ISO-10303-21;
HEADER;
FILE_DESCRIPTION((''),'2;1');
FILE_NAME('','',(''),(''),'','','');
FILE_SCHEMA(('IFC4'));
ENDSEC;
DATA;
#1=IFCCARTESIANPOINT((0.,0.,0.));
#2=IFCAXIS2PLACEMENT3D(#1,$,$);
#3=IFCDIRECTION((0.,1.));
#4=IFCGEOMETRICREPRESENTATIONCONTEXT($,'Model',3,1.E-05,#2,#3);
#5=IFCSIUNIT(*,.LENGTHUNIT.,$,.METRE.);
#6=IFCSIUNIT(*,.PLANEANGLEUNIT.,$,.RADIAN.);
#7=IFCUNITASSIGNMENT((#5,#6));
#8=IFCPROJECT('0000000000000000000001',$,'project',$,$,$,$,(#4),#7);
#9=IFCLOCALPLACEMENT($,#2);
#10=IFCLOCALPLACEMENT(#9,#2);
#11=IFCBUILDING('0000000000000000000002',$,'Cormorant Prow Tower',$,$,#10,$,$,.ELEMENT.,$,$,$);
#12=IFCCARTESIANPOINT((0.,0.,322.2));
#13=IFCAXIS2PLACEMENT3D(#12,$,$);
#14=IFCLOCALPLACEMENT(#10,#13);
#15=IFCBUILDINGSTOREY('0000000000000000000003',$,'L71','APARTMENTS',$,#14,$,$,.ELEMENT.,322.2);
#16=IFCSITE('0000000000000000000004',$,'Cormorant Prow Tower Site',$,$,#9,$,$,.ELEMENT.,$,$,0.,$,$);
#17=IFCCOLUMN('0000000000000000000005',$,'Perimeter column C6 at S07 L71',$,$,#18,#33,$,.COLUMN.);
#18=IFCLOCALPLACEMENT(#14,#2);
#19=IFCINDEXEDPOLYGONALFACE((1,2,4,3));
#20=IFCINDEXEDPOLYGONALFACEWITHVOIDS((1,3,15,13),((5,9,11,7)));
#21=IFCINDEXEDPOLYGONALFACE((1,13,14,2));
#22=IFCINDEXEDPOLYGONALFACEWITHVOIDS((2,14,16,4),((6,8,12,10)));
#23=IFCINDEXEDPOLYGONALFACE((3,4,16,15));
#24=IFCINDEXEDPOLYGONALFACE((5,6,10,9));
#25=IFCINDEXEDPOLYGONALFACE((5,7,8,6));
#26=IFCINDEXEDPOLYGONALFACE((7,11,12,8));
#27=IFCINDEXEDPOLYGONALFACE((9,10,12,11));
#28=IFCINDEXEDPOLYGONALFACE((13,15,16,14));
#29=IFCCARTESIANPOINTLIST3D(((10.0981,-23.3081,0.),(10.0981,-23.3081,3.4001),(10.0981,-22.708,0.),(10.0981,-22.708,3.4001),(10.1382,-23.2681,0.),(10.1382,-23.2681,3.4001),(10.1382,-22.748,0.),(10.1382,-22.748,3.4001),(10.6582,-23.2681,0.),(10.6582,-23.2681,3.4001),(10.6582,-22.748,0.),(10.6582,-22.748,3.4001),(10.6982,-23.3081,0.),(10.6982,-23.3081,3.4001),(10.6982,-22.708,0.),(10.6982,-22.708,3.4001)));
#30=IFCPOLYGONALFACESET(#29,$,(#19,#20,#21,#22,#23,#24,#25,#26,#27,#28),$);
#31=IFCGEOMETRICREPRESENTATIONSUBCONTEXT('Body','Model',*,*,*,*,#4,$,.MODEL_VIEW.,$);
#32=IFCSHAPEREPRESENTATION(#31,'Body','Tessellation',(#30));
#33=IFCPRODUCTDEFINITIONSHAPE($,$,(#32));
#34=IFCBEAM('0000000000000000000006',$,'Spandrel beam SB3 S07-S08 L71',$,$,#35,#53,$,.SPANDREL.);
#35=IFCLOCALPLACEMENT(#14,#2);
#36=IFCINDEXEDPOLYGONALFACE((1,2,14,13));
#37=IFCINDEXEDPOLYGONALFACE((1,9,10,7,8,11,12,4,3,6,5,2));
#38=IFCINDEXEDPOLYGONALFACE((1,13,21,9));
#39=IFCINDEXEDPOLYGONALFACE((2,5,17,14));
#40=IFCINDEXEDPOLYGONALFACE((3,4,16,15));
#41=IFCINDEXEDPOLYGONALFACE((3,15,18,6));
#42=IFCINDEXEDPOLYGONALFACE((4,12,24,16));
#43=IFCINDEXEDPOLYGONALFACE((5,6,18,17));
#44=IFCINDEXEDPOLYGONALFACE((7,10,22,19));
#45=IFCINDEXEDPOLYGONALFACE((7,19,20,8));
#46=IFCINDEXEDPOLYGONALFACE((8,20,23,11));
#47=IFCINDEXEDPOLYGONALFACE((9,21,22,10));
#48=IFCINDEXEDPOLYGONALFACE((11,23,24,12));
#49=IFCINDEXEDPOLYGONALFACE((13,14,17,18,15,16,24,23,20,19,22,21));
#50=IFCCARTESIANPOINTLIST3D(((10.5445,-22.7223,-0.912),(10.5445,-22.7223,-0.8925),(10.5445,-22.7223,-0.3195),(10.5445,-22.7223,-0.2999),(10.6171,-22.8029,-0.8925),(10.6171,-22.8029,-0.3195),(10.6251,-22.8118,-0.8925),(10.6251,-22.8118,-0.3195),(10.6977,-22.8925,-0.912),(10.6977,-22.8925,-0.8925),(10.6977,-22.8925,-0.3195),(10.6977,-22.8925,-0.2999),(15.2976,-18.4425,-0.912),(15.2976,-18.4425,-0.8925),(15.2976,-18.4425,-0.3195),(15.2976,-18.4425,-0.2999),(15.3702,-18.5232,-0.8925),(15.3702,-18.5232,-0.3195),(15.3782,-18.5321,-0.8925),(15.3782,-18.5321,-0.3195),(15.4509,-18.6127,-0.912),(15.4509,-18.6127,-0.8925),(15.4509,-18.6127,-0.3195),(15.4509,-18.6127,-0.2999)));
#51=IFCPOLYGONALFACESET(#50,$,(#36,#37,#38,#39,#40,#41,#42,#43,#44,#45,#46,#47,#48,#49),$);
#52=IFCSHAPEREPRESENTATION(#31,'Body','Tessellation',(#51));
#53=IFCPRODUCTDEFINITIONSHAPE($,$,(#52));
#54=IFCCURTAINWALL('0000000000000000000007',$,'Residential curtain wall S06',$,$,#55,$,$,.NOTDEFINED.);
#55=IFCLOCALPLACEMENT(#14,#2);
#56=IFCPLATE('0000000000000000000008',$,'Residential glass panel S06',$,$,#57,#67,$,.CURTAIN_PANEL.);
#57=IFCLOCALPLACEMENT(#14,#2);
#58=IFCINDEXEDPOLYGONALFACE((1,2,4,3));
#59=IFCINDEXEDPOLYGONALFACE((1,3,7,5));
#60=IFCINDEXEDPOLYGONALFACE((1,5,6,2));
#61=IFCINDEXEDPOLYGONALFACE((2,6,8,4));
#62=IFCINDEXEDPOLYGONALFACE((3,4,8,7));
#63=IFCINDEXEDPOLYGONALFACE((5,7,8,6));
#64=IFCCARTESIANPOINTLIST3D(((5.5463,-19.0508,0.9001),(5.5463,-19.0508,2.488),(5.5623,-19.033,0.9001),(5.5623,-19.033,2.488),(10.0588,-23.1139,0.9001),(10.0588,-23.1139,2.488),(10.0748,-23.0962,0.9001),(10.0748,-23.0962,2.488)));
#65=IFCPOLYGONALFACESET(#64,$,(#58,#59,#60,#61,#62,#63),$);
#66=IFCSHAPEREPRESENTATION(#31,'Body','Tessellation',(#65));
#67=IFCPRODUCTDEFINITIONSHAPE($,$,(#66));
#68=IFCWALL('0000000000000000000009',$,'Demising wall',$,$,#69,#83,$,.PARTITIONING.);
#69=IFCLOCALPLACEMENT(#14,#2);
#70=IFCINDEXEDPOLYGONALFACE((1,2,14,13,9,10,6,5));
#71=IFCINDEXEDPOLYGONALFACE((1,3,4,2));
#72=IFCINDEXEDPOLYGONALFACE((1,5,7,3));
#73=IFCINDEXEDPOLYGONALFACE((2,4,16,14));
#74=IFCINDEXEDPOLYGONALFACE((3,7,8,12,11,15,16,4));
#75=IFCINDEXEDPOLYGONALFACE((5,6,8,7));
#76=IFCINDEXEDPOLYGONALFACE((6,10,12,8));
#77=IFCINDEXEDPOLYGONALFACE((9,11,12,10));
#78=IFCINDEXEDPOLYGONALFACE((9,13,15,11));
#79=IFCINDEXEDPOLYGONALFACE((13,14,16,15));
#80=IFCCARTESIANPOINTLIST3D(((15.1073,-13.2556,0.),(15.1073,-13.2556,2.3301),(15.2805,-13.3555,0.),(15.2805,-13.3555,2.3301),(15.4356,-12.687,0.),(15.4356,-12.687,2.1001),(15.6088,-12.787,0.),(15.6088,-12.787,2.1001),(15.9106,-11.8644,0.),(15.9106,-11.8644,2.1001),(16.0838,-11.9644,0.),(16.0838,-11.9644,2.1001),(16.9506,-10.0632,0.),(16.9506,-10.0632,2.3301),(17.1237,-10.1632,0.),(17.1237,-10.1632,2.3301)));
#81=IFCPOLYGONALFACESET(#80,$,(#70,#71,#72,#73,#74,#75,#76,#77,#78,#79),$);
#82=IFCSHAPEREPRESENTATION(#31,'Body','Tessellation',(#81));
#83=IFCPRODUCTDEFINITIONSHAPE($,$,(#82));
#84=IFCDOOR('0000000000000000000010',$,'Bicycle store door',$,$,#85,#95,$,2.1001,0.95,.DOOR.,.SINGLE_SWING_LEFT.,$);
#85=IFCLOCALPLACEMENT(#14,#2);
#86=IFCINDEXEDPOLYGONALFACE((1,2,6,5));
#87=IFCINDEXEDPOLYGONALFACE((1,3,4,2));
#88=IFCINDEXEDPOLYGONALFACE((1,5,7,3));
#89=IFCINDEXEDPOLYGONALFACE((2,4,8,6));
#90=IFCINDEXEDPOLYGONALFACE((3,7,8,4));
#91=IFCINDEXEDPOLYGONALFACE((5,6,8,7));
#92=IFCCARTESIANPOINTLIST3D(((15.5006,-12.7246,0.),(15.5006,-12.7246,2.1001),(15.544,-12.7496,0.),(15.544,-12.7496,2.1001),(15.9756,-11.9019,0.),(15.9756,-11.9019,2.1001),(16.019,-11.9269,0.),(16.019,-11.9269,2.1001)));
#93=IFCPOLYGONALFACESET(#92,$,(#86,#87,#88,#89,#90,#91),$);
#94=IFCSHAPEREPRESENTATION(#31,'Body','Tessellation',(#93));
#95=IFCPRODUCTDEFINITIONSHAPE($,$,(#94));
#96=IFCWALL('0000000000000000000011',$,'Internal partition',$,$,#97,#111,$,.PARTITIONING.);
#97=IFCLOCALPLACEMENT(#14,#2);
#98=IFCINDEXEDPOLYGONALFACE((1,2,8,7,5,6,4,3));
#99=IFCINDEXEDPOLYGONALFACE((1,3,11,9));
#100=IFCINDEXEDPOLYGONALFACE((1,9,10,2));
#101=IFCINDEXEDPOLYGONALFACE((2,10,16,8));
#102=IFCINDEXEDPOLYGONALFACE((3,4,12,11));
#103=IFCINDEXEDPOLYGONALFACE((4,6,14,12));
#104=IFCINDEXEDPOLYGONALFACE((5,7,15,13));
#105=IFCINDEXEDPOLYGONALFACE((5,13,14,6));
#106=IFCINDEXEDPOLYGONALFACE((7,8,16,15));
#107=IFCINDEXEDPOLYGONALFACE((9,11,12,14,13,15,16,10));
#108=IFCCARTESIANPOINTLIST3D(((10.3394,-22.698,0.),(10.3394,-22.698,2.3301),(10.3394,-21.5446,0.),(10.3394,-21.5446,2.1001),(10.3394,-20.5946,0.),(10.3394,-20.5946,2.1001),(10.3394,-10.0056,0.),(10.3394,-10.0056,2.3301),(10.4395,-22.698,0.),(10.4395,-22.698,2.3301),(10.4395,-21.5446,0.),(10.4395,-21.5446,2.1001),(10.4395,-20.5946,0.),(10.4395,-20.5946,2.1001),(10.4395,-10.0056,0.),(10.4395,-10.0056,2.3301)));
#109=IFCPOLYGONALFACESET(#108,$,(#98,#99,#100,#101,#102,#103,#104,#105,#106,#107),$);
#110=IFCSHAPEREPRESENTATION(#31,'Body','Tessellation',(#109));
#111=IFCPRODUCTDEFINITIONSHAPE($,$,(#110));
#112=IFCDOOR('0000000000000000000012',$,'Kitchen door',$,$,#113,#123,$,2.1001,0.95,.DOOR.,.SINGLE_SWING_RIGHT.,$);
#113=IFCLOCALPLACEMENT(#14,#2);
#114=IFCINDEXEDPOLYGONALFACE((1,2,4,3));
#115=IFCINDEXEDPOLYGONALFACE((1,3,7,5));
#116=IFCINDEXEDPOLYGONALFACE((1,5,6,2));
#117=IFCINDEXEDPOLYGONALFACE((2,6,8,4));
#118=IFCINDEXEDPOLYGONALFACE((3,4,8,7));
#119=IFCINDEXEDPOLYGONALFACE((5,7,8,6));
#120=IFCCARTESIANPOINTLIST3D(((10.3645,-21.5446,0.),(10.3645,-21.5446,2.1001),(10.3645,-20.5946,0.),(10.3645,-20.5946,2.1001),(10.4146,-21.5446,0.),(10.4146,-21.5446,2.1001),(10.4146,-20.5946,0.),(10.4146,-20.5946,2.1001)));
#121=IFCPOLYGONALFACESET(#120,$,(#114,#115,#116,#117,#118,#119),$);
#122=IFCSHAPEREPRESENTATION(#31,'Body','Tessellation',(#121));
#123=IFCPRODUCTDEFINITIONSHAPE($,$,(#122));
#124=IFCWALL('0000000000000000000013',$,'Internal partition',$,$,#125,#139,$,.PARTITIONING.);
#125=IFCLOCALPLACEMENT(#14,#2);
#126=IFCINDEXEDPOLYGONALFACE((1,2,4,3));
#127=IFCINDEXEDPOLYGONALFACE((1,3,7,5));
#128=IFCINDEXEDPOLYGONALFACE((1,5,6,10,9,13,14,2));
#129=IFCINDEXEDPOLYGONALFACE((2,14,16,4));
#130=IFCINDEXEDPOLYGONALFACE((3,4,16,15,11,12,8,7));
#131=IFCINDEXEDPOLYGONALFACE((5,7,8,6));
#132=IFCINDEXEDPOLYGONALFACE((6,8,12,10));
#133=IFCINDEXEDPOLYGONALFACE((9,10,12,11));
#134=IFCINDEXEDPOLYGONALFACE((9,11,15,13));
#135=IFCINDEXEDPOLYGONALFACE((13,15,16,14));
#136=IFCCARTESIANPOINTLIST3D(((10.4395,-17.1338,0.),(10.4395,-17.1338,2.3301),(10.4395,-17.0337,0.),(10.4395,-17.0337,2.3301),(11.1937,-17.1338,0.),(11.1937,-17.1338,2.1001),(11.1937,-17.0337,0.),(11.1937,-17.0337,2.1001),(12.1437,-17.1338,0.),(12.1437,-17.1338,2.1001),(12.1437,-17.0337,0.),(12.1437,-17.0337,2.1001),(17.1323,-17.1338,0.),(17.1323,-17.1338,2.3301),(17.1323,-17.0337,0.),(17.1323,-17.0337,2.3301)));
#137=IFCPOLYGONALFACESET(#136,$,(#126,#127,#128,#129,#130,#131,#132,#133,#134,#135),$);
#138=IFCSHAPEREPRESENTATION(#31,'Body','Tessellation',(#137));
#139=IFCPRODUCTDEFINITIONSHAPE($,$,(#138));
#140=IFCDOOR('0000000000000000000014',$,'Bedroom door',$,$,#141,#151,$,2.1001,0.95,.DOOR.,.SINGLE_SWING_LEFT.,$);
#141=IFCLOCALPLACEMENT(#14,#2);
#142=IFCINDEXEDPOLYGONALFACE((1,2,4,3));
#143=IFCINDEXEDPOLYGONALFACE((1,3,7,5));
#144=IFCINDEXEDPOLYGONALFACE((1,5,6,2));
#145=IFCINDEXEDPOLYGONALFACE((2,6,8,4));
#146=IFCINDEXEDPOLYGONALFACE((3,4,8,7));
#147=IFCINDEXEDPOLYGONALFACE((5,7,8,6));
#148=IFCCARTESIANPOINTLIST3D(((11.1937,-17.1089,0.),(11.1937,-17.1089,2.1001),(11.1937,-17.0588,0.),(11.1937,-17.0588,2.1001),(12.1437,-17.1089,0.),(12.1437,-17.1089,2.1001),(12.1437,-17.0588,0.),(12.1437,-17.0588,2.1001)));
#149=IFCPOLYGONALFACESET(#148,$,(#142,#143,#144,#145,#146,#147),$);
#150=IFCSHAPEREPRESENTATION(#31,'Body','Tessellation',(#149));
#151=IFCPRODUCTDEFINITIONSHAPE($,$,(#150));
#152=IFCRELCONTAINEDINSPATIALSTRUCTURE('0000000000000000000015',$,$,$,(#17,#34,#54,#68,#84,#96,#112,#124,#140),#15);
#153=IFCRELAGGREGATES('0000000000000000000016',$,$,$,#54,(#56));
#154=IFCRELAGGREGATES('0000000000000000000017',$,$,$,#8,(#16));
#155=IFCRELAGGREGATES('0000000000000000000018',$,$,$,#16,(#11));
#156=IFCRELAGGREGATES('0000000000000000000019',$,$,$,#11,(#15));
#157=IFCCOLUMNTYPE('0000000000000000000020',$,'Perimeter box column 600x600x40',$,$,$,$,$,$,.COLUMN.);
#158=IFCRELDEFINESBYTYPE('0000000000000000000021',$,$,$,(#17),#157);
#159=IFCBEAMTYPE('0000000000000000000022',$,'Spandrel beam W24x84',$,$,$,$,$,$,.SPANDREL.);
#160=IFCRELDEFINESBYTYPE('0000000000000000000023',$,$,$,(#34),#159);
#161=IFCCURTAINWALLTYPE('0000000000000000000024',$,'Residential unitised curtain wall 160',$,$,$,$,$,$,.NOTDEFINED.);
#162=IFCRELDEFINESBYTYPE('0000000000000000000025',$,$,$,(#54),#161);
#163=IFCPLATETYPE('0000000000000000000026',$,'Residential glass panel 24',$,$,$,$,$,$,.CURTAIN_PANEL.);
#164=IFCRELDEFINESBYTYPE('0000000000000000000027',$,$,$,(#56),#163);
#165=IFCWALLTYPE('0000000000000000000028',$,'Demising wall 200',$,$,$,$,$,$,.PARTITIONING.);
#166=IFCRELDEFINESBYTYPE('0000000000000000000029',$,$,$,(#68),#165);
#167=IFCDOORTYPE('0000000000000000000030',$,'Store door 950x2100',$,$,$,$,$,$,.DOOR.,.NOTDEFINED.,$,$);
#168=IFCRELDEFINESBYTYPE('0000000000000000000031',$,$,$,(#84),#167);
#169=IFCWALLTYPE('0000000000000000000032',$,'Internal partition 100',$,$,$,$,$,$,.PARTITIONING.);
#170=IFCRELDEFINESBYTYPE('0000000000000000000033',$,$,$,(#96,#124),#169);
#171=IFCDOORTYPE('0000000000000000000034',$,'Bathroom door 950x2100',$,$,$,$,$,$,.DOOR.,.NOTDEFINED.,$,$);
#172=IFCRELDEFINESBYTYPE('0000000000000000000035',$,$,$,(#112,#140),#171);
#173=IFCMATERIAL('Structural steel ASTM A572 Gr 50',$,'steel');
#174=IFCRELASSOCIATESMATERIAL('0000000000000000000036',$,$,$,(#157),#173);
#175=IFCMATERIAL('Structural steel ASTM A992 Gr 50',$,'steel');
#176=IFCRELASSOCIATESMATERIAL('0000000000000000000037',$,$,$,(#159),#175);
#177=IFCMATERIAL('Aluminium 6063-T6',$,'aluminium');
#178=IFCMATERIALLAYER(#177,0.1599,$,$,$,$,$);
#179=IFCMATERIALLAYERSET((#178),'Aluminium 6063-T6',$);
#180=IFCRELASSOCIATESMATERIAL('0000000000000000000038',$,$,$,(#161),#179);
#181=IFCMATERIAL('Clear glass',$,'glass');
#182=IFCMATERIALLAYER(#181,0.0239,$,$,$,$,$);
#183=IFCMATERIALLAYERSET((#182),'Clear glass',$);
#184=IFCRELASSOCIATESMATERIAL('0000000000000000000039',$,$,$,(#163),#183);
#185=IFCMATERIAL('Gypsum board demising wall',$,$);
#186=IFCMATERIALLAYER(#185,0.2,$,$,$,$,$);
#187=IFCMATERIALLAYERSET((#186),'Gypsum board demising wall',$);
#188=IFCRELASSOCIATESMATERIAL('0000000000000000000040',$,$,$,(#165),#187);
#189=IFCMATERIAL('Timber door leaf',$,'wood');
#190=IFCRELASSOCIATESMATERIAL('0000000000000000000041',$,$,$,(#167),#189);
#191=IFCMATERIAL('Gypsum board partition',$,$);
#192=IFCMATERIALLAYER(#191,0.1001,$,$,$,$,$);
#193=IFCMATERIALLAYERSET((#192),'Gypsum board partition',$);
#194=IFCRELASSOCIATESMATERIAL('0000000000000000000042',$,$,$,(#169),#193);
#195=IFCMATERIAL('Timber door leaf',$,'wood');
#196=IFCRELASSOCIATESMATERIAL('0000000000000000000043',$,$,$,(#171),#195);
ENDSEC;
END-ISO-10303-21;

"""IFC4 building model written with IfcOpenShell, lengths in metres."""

from ifc_helpers import new_model, si_unit, direction, frame, frame_2d, origin, origin_2d, place, context, subcontext, project, spatial, rectangle, hollow_rectangle, i_section, extrude, material, layer, layer_set, material_profile, profile_set, type_object, element, fill, aggregate, save


model = new_model("IFC4")

# Units and contexts
model_context = context("Model", 3, precision=1e-05, world=origin(), true_north=direction((0.0, 1.0)))
body_context = subcontext(model_context, "Body", "Model", "MODEL_VIEW")
ifc_project = project(units=[si_unit("LENGTHUNIT", "METRE"), si_unit("PLANEANGLEUNIT", "RADIAN")], contexts=[model_context])

# Site, building, storey
site_placement = place(None, origin())
site = spatial("IfcSite", under=ifc_project, at=site_placement, Name="Cormorant Prow Tower Site", CompositionType="ELEMENT", RefElevation=0.0)
building_placement = place(site_placement, origin())
building = spatial("IfcBuilding", under=site, at=building_placement, Name="Cormorant Prow Tower", CompositionType="ELEMENT")
storey_placement = place(building_placement, frame((0.0, 0.0, 322.2)))
storey = spatial("IfcBuildingStorey", under=building, at=storey_placement, Name="L71", Description="APARTMENTS", CompositionType="ELEMENT", Elevation=322.2)

# Column
ifc_material_1 = material(Name="Structural steel ASTM A572 Gr 50", Category="steel")
ifc_material_profile_1 = material_profile(ifc_material_1, hollow_rectangle(XDim=0.6001, YDim=0.6001, WallThickness=0.04, at=origin_2d()), Name="Box 600x600x40")
ifc_profile_set_1 = profile_set([ifc_material_profile_1], Name="Structural steel ASTM A572 Gr 50")
column_type = type_object("IfcColumnType", Name="Perimeter box column 600x600x40", PredefinedType="COLUMN", material=ifc_profile_set_1)
column_placement = place(storey_placement, frame((10.3982, -23.0081, 0.0), z_axis=(0.0, 0.0, 1.0), x_axis=(1.0, 0.0, 0.0)))
element("IfcColumn", 1, at=column_placement, inside=storey, type_object=column_type, Name="Perimeter column C6 at S07 L71", PredefinedType="COLUMN", context=body_context, shape_type="SweptSolid", body=[
    extrude(hollow_rectangle(XDim=0.6001, YDim=0.6001, WallThickness=0.04, at=origin_2d()), origin(), (0.0, 0.0, 1.0), 3.4001),
])

# Beam
ifc_material_2 = material(Name="Structural steel ASTM A992 Gr 50", Category="steel")
ifc_material_profile_2 = material_profile(ifc_material_2, i_section(OverallWidth=0.229, OverallDepth=0.6121, WebThickness=0.012, FlangeThickness=0.0195, at=origin_2d()), Name="W24x84")
ifc_profile_set_2 = profile_set([ifc_material_profile_2], Name="Structural steel ASTM A992 Gr 50")
beam_type = type_object("IfcBeamType", Name="Spandrel beam W24x84", PredefinedType="SPANDREL", material=ifc_profile_set_2)
beam_placement = place(storey_placement, frame((10.6211, -22.8074, -0.606), z_axis=(0.743144, 0.669131, 0.0), x_axis=(-0.669131, 0.743144, 0.0)))
element("IfcBeam", 2, at=beam_placement, inside=storey, type_object=beam_type, Name="Spandrel beam SB3 S07-S08 L71", PredefinedType="SPANDREL", context=body_context, shape_type="SweptSolid", body=[
    extrude(i_section(OverallWidth=0.229, OverallDepth=0.6121, WebThickness=0.012, FlangeThickness=0.0195, at=origin_2d()), origin(), (0.0, 0.0, 1.0), 6.396),
])

# Curtain wall, plate
ifc_material_3 = material(Name="Aluminium 6063-T6", Category="aluminium")
ifc_layer_1 = layer(ifc_material_3, 0.1599)
ifc_layer_set_1 = layer_set([ifc_layer_1], Name="Aluminium 6063-T6")
curtain_wall_type = type_object("IfcCurtainWallType", Name="Residential unitised curtain wall 160", PredefinedType="NOTDEFINED", material=ifc_layer_set_1)
curtain_wall_placement = place(storey_placement, origin())
curtain_wall = element("IfcCurtainWall", 3, at=curtain_wall_placement, inside=storey, type_object=curtain_wall_type, Name="Residential curtain wall S06", PredefinedType="NOTDEFINED")
ifc_material_4 = material(Name="Clear glass", Category="glass")
ifc_layer_2 = layer(ifc_material_4, 0.0239)
ifc_layer_set_2 = layer_set([ifc_layer_2], Name="Clear glass")
plate_type = type_object("IfcPlateType", Name="Residential glass panel 24", PredefinedType="CURTAIN_PANEL", material=ifc_layer_set_2)
plate_placement = place(storey_placement, frame((7.8105, -21.0735, 0.9001), z_axis=(0.0, 0.0, 1.0), x_axis=(0.743145, -0.669131, 0.0)))
plate = element("IfcPlate", 4, at=plate_placement, type_object=plate_type, Name="Residential glass panel S06", PredefinedType="CURTAIN_PANEL", context=body_context, shape_type="SweptSolid", body=[
    extrude(rectangle(XDim=6.0723, YDim=0.0239, at=origin_2d()), origin(), (0.0, 0.0, 1.0), 1.5879),
])
aggregate(curtain_wall, [plate])

# Walls, openings, doors
ifc_material_5 = material(Name="Gypsum board demising wall")
ifc_layer_3 = layer(ifc_material_5, 0.2)
ifc_layer_set_3 = layer_set([ifc_layer_3], Name="Gypsum board demising wall")
wall_type_1 = type_object("IfcWallType", Name="Demising wall 200", PredefinedType="PARTITIONING", material=ifc_layer_set_3)
wall_1_placement = place(storey_placement, frame((15.1938, -13.3057, 0.0), z_axis=(0.0, 0.0, 1.0), x_axis=(0.500028, 0.866009, 0.0)))
wall_1 = element("IfcWall", 5, at=wall_1_placement, inside=storey, type_object=wall_type_1, Name="Demising wall", PredefinedType="PARTITIONING", context=body_context, shape_type="SweptSolid", body=[
    extrude(rectangle(XDim=3.6863, YDim=0.2, at=frame_2d((1.8433, 0.0))), origin(), (0.0, 0.0, 1.0), 2.3301),
])
opening_1_placement = place(wall_1_placement, frame((0.6565, 0.0, 0.0)))
opening_1 = element("IfcOpeningElement", 6, at=opening_1_placement, cuts=wall_1, PredefinedType="OPENING", context=body_context, shape_type="SweptSolid", body=[
    extrude(rectangle(XDim=0.95, YDim=2.1001, at=frame_2d((0.4751, 1.05))), frame((0.0, 0.1099, 0.0), z_axis=(0.0, -1.0, 0.0), x_axis=(1.0, 0.0, 0.0)), (0.0, 0.0, 1.0), 0.22),
])
ifc_material_6 = material(Name="Timber door leaf", Category="wood")
door_type_1 = type_object("IfcDoorType", Name="Store door 950x2100", OperationType="NOTDEFINED", PredefinedType="DOOR", material=ifc_material_6)
door_1_placement = place(opening_1_placement, origin())
door_1 = element("IfcDoor", 7, at=door_1_placement, inside=storey, type_object=door_type_1, Name="Bicycle store door", OperationType="SINGLE_SWING_LEFT", OverallHeight=2.1001, OverallWidth=0.95, PredefinedType="DOOR", context=body_context, shape_type="SweptSolid", body=[
    extrude(rectangle(XDim=0.95, YDim=2.1001, at=frame_2d((0.4751, 1.05))), frame((0.0, 0.0249, 0.0), z_axis=(0.0, -1.0, 0.0), x_axis=(1.0, 0.0, 0.0)), (0.0, 0.0, 1.0), 0.05),
])
fill(opening_1, door_1)
ifc_material_7 = material(Name="Gypsum board partition")
ifc_layer_4 = layer(ifc_material_7, 0.1001)
ifc_layer_set_4 = layer_set([ifc_layer_4], Name="Gypsum board partition")
wall_type_2 = type_object("IfcWallType", Name="Internal partition 100", PredefinedType="PARTITIONING", material=ifc_layer_set_4)
wall_2_placement = place(storey_placement, frame((10.3894, -22.698, 0.0), z_axis=(0.0, 0.0, 1.0), x_axis=(0.0, 1.0, 0.0)))
wall_2 = element("IfcWall", 8, at=wall_2_placement, inside=storey, type_object=wall_type_2, Name="Internal partition", PredefinedType="PARTITIONING", context=body_context, shape_type="SweptSolid", body=[
    extrude(rectangle(XDim=12.6924, YDim=0.1001, at=frame_2d((6.3462, 0.0))), origin(), (0.0, 0.0, 1.0), 2.3301),
])
opening_2_placement = place(wall_2_placement, frame((1.1533, 0.0, 0.0)))
opening_2 = element("IfcOpeningElement", 9, at=opening_2_placement, cuts=wall_2, PredefinedType="OPENING", context=body_context, shape_type="SweptSolid", body=[
    extrude(rectangle(XDim=0.95, YDim=2.1001, at=frame_2d((0.4751, 1.05))), frame((0.0, 0.0601, 0.0), z_axis=(0.0, -1.0, 0.0), x_axis=(1.0, 0.0, 0.0)), (0.0, 0.0, 1.0), 0.1201),
])
ifc_material_8 = material(Name="Timber door leaf", Category="wood")
door_type_2 = type_object("IfcDoorType", Name="Bathroom door 950x2100", OperationType="NOTDEFINED", PredefinedType="DOOR", material=ifc_material_8)
door_2_placement = place(opening_2_placement, origin())
door_2 = element("IfcDoor", 10, at=door_2_placement, inside=storey, type_object=door_type_2, Name="Kitchen door", OperationType="SINGLE_SWING_RIGHT", OverallHeight=2.1001, OverallWidth=0.95, PredefinedType="DOOR", context=body_context, shape_type="SweptSolid", body=[
    extrude(rectangle(XDim=0.95, YDim=2.1001, at=frame_2d((0.4751, 1.05))), frame((0.0, 0.0249, 0.0), z_axis=(0.0, -1.0, 0.0), x_axis=(1.0, 0.0, 0.0)), (0.0, 0.0, 1.0), 0.05),
])
fill(opening_2, door_2)
wall_3_placement = place(storey_placement, frame((10.4395, -17.0837, 0.0), z_axis=(0.0, 0.0, 1.0), x_axis=(1.0, 0.0, 0.0)))
wall_3 = element("IfcWall", 11, at=wall_3_placement, inside=storey, type_object=wall_type_2, Name="Internal partition", PredefinedType="PARTITIONING", context=body_context, shape_type="SweptSolid", body=[
    extrude(rectangle(XDim=6.6929, YDim=0.1001, at=frame_2d((3.3464, 0.0))), origin(), (0.0, 0.0, 1.0), 2.3301),
])
opening_3_placement = place(wall_3_placement, frame((0.7542, 0.0, 0.0)))
opening_3 = element("IfcOpeningElement", 12, at=opening_3_placement, cuts=wall_3, PredefinedType="OPENING", context=body_context, shape_type="SweptSolid", body=[
    extrude(rectangle(XDim=0.95, YDim=2.1001, at=frame_2d((0.4751, 1.05))), frame((0.0, 0.0601, 0.0), z_axis=(0.0, -1.0, 0.0), x_axis=(1.0, 0.0, 0.0)), (0.0, 0.0, 1.0), 0.1201),
])
door_3_placement = place(opening_3_placement, origin())
door_3 = element("IfcDoor", 13, at=door_3_placement, inside=storey, type_object=door_type_2, Name="Bedroom door", OperationType="SINGLE_SWING_LEFT", OverallHeight=2.1001, OverallWidth=0.95, PredefinedType="DOOR", context=body_context, shape_type="SweptSolid", body=[
    extrude(rectangle(XDim=0.95, YDim=2.1001, at=frame_2d((0.4751, 1.05))), frame((0.0, 0.0249, 0.0), z_axis=(0.0, -1.0, 0.0), x_axis=(1.0, 0.0, 0.0)), (0.0, 0.0, 1.0), 0.05),
])
fill(opening_3, door_3)

save(model, "model.ifc")
